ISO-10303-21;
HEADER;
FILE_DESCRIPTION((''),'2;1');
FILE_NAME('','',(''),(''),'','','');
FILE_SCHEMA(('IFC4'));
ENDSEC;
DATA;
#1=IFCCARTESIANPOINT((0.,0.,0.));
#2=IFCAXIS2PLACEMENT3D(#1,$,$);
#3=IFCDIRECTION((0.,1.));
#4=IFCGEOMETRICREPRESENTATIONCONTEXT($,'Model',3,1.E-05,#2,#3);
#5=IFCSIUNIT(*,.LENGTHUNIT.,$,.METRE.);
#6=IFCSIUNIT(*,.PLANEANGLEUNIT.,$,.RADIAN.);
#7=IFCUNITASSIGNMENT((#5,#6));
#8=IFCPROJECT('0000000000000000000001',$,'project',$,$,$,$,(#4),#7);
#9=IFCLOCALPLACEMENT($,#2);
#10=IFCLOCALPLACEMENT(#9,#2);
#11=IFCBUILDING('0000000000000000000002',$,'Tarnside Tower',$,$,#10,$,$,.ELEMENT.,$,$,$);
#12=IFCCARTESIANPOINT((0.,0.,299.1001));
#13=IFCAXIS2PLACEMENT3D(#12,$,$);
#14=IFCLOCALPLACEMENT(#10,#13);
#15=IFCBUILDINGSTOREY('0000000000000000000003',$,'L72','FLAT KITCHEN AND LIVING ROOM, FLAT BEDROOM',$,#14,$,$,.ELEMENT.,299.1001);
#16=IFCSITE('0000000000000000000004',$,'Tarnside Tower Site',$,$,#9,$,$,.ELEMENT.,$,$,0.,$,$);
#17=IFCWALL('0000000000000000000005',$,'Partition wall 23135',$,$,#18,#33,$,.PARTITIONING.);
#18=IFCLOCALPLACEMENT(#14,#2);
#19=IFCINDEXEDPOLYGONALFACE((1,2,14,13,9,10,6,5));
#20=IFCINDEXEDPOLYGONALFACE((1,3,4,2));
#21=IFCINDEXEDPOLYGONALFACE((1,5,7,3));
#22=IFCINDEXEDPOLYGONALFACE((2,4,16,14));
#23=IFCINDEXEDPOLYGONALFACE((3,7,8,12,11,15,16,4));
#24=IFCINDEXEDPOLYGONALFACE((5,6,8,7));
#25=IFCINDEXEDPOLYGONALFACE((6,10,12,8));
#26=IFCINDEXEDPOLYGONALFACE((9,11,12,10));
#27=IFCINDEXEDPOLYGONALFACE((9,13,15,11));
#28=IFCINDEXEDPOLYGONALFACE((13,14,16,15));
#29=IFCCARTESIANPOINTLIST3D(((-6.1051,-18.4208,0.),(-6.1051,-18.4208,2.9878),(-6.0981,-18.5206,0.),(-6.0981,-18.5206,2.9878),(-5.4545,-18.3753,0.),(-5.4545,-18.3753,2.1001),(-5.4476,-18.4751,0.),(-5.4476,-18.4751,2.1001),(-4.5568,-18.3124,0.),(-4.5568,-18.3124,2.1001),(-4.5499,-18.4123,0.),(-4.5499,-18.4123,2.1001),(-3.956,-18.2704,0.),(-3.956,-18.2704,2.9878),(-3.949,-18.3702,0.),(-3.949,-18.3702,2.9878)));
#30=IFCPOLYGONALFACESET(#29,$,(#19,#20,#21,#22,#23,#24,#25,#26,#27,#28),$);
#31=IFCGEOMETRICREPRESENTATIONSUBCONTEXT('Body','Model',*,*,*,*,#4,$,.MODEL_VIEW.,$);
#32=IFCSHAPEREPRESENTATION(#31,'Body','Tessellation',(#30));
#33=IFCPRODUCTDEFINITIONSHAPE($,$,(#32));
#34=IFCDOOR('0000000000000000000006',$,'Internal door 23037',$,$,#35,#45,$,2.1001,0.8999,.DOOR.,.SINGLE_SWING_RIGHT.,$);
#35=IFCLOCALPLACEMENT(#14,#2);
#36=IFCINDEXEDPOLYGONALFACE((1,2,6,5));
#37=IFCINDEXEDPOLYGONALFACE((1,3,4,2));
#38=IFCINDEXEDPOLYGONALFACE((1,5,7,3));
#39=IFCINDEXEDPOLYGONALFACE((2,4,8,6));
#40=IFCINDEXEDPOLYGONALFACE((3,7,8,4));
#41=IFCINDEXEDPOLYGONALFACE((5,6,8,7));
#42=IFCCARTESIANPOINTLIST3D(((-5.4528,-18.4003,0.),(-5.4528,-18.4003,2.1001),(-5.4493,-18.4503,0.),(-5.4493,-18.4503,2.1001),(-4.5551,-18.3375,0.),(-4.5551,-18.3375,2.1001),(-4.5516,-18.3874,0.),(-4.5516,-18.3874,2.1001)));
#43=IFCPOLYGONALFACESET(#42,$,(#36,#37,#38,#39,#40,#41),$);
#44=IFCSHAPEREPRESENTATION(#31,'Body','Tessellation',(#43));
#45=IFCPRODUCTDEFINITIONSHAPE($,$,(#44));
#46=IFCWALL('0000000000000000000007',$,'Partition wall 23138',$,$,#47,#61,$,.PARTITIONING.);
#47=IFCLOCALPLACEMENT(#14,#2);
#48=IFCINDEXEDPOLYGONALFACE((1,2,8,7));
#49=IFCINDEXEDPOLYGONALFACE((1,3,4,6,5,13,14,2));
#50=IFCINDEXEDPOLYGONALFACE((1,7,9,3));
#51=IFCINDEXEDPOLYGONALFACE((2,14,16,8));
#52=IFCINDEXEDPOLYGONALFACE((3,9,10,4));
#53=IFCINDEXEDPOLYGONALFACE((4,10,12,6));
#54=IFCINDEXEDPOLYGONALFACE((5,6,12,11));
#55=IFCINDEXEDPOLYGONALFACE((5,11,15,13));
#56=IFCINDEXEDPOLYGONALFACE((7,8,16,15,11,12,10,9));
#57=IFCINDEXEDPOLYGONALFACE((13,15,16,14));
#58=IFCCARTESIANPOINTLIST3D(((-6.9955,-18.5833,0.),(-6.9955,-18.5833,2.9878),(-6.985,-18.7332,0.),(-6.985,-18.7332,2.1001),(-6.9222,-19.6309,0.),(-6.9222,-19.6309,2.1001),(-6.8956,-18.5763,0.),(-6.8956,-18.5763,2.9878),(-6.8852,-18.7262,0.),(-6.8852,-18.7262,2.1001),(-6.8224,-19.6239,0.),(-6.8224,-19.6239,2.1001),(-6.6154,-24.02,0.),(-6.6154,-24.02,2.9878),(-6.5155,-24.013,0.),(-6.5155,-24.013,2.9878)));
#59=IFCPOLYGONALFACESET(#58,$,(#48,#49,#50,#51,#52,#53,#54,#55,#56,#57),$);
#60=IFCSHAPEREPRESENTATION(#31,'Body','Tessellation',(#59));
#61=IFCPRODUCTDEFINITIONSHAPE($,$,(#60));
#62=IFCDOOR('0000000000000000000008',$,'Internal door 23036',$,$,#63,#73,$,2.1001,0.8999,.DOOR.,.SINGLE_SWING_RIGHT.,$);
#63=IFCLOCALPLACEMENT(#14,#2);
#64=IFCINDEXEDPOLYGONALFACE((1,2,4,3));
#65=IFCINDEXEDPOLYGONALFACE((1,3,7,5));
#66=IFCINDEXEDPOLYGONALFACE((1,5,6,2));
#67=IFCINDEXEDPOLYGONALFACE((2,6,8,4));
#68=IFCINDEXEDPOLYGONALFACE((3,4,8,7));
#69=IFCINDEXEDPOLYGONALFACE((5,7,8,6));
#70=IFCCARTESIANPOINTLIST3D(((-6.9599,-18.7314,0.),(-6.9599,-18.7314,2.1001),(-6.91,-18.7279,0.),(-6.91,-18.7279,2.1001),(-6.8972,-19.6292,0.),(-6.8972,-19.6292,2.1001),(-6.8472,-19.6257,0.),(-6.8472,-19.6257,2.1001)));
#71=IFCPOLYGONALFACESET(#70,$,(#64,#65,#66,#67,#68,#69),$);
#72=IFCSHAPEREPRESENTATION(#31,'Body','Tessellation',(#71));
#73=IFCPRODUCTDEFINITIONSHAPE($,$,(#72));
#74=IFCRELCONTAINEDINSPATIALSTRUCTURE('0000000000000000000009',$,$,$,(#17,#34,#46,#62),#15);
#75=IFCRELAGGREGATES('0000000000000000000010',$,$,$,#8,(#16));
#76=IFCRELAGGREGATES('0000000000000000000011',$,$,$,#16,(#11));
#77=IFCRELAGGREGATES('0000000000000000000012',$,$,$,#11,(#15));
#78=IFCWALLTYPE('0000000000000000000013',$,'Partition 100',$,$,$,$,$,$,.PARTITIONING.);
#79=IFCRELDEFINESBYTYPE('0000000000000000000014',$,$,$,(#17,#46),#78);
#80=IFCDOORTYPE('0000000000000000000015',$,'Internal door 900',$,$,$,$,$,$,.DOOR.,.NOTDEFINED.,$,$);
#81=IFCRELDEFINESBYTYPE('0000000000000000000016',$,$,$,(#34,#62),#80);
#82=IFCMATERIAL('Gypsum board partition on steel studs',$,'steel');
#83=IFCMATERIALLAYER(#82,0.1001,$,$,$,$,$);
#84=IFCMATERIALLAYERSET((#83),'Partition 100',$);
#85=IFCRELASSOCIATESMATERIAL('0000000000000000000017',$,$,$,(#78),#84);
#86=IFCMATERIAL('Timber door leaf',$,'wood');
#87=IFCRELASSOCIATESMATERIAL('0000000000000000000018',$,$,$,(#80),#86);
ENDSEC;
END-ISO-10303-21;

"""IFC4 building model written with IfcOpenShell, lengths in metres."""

from ifc_helpers import new_model, si_unit, direction, frame, frame_2d, origin, place, context, subcontext, project, spatial, rectangle, extrude, material, layer, layer_set, type_object, element, fill, save


model = new_model("IFC4")

# Units and contexts
model_context = context("Model", 3, precision=1e-05, world=origin(), true_north=direction((0.0, 1.0)))
body_context = subcontext(model_context, "Body", "Model", "MODEL_VIEW")
ifc_project = project(units=[si_unit("LENGTHUNIT", "METRE"), si_unit("PLANEANGLEUNIT", "RADIAN")], contexts=[model_context])

# Site, building, storey
site_placement = place(None, origin())
site = spatial("IfcSite", under=ifc_project, at=site_placement, Name="Tarnside Tower Site", CompositionType="ELEMENT", RefElevation=0.0)
building_placement = place(site_placement, origin())
building = spatial("IfcBuilding", under=site, at=building_placement, Name="Tarnside Tower", CompositionType="ELEMENT")
storey_placement = place(building_placement, frame((0.0, 0.0, 299.1001)))
storey = spatial("IfcBuildingStorey", under=building, at=storey_placement, Name="L72", Description="FLAT KITCHEN AND LIVING ROOM, FLAT BEDROOM", CompositionType="ELEMENT", Elevation=299.1001)

# Shared definitions
ifc_material_1 = material(Name="Gypsum board partition on steel studs", Category="steel")
ifc_layer_1 = layer(ifc_material_1, 0.1001)
ifc_layer_set_1 = layer_set([ifc_layer_1], Name="Partition 100")
wall_type_1 = type_object("IfcWallType", Name="Partition 100", PredefinedType="PARTITIONING", material=ifc_layer_set_1)

# Walls, openings, doors
wall_1_placement = place(storey_placement, frame((-6.1016, -18.4707, 0.0), z_axis=(0.0, 0.0, 1.0), x_axis=(0.99756, 0.069813, 0.0)))
wall_1 = element("IfcWall", 1, at=wall_1_placement, inside=storey, type_object=wall_type_1, Name="Partition wall 23135", PredefinedType="PARTITIONING", context=body_context, shape_type="SweptSolid", body=[
    extrude(rectangle(XDim=2.1543, YDim=0.1001, at=frame_2d((1.0771, 0.0))), origin(), (0.0, 0.0, 1.0), 2.9878),
])
opening_1_placement = place(wall_1_placement, frame((0.6521, 0.0, 0.0)))
opening_1 = element("IfcOpeningElement", 2, at=opening_1_placement, cuts=wall_1, PredefinedType="OPENING", context=body_context, shape_type="SweptSolid", body=[
    extrude(rectangle(XDim=0.8999, YDim=2.1001, at=frame_2d((0.45, 1.05))), frame((0.0, 0.0601, 0.0), z_axis=(0.0, -1.0, 0.0), x_axis=(1.0, 0.0, 0.0)), (0.0, 0.0, 1.0), 0.1201),
])
ifc_material_2 = material(Name="Timber door leaf", Category="wood")
door_type = type_object("IfcDoorType", Name="Internal door 900", OperationType="NOTDEFINED", PredefinedType="DOOR", material=ifc_material_2)
door_1_placement = place(opening_1_placement, origin())
door_1 = element("IfcDoor", 3, at=door_1_placement, inside=storey, type_object=door_type, Name="Internal door 23037", OperationType="SINGLE_SWING_RIGHT", OverallHeight=2.1001, OverallWidth=0.8999, PredefinedType="DOOR", context=body_context, shape_type="SweptSolid", body=[
    extrude(rectangle(XDim=0.8999, YDim=2.1001, at=frame_2d((0.45, 1.05))), frame((0.0, 0.0249, 0.0), z_axis=(0.0, -1.0, 0.0), x_axis=(1.0, 0.0, 0.0)), (0.0, 0.0, 1.0), 0.05),
])
fill(opening_1, door_1)
wall_2_placement = place(storey_placement, frame((-6.5654, -24.0166, 0.0), z_axis=(0.0, 0.0, 1.0), x_axis=(-0.069748, 0.997565, 0.0)))
wall_2 = element("IfcWall", 4, at=wall_2_placement, inside=storey, type_object=wall_type_1, Name="Partition wall 23138", PredefinedType="PARTITIONING", context=body_context, shape_type="SweptSolid", body=[
    extrude(rectangle(XDim=5.45, YDim=0.1001, at=frame_2d((2.7251, 0.0))), origin(), (0.0, 0.0, 1.0), 2.9878),
])
opening_2_placement = place(wall_2_placement, frame((4.3999, 0.0, 0.0)))
opening_2 = element("IfcOpeningElement", 5, at=opening_2_placement, cuts=wall_2, PredefinedType="OPENING", context=body_context, shape_type="SweptSolid", body=[
    extrude(rectangle(XDim=0.8999, YDim=2.1001, at=frame_2d((0.45, 1.05))), frame((0.0, 0.0601, 0.0), z_axis=(0.0, -1.0, 0.0), x_axis=(1.0, 0.0, 0.0)), (0.0, 0.0, 1.0), 0.1201),
])
door_2_placement = place(opening_2_placement, origin())
door_2 = element("IfcDoor", 6, at=door_2_placement, inside=storey, type_object=door_type, Name="Internal door 23036", OperationType="SINGLE_SWING_RIGHT", OverallHeight=2.1001, OverallWidth=0.8999, PredefinedType="DOOR", context=body_context, shape_type="SweptSolid", body=[
    extrude(rectangle(XDim=0.8999, YDim=2.1001, at=frame_2d((0.45, 1.05))), frame((0.0, 0.0249, 0.0), z_axis=(0.0, -1.0, 0.0), x_axis=(1.0, 0.0, 0.0)), (0.0, 0.0, 1.0), 0.05),
])
fill(opening_2, door_2)

save(model, "model.ifc")
